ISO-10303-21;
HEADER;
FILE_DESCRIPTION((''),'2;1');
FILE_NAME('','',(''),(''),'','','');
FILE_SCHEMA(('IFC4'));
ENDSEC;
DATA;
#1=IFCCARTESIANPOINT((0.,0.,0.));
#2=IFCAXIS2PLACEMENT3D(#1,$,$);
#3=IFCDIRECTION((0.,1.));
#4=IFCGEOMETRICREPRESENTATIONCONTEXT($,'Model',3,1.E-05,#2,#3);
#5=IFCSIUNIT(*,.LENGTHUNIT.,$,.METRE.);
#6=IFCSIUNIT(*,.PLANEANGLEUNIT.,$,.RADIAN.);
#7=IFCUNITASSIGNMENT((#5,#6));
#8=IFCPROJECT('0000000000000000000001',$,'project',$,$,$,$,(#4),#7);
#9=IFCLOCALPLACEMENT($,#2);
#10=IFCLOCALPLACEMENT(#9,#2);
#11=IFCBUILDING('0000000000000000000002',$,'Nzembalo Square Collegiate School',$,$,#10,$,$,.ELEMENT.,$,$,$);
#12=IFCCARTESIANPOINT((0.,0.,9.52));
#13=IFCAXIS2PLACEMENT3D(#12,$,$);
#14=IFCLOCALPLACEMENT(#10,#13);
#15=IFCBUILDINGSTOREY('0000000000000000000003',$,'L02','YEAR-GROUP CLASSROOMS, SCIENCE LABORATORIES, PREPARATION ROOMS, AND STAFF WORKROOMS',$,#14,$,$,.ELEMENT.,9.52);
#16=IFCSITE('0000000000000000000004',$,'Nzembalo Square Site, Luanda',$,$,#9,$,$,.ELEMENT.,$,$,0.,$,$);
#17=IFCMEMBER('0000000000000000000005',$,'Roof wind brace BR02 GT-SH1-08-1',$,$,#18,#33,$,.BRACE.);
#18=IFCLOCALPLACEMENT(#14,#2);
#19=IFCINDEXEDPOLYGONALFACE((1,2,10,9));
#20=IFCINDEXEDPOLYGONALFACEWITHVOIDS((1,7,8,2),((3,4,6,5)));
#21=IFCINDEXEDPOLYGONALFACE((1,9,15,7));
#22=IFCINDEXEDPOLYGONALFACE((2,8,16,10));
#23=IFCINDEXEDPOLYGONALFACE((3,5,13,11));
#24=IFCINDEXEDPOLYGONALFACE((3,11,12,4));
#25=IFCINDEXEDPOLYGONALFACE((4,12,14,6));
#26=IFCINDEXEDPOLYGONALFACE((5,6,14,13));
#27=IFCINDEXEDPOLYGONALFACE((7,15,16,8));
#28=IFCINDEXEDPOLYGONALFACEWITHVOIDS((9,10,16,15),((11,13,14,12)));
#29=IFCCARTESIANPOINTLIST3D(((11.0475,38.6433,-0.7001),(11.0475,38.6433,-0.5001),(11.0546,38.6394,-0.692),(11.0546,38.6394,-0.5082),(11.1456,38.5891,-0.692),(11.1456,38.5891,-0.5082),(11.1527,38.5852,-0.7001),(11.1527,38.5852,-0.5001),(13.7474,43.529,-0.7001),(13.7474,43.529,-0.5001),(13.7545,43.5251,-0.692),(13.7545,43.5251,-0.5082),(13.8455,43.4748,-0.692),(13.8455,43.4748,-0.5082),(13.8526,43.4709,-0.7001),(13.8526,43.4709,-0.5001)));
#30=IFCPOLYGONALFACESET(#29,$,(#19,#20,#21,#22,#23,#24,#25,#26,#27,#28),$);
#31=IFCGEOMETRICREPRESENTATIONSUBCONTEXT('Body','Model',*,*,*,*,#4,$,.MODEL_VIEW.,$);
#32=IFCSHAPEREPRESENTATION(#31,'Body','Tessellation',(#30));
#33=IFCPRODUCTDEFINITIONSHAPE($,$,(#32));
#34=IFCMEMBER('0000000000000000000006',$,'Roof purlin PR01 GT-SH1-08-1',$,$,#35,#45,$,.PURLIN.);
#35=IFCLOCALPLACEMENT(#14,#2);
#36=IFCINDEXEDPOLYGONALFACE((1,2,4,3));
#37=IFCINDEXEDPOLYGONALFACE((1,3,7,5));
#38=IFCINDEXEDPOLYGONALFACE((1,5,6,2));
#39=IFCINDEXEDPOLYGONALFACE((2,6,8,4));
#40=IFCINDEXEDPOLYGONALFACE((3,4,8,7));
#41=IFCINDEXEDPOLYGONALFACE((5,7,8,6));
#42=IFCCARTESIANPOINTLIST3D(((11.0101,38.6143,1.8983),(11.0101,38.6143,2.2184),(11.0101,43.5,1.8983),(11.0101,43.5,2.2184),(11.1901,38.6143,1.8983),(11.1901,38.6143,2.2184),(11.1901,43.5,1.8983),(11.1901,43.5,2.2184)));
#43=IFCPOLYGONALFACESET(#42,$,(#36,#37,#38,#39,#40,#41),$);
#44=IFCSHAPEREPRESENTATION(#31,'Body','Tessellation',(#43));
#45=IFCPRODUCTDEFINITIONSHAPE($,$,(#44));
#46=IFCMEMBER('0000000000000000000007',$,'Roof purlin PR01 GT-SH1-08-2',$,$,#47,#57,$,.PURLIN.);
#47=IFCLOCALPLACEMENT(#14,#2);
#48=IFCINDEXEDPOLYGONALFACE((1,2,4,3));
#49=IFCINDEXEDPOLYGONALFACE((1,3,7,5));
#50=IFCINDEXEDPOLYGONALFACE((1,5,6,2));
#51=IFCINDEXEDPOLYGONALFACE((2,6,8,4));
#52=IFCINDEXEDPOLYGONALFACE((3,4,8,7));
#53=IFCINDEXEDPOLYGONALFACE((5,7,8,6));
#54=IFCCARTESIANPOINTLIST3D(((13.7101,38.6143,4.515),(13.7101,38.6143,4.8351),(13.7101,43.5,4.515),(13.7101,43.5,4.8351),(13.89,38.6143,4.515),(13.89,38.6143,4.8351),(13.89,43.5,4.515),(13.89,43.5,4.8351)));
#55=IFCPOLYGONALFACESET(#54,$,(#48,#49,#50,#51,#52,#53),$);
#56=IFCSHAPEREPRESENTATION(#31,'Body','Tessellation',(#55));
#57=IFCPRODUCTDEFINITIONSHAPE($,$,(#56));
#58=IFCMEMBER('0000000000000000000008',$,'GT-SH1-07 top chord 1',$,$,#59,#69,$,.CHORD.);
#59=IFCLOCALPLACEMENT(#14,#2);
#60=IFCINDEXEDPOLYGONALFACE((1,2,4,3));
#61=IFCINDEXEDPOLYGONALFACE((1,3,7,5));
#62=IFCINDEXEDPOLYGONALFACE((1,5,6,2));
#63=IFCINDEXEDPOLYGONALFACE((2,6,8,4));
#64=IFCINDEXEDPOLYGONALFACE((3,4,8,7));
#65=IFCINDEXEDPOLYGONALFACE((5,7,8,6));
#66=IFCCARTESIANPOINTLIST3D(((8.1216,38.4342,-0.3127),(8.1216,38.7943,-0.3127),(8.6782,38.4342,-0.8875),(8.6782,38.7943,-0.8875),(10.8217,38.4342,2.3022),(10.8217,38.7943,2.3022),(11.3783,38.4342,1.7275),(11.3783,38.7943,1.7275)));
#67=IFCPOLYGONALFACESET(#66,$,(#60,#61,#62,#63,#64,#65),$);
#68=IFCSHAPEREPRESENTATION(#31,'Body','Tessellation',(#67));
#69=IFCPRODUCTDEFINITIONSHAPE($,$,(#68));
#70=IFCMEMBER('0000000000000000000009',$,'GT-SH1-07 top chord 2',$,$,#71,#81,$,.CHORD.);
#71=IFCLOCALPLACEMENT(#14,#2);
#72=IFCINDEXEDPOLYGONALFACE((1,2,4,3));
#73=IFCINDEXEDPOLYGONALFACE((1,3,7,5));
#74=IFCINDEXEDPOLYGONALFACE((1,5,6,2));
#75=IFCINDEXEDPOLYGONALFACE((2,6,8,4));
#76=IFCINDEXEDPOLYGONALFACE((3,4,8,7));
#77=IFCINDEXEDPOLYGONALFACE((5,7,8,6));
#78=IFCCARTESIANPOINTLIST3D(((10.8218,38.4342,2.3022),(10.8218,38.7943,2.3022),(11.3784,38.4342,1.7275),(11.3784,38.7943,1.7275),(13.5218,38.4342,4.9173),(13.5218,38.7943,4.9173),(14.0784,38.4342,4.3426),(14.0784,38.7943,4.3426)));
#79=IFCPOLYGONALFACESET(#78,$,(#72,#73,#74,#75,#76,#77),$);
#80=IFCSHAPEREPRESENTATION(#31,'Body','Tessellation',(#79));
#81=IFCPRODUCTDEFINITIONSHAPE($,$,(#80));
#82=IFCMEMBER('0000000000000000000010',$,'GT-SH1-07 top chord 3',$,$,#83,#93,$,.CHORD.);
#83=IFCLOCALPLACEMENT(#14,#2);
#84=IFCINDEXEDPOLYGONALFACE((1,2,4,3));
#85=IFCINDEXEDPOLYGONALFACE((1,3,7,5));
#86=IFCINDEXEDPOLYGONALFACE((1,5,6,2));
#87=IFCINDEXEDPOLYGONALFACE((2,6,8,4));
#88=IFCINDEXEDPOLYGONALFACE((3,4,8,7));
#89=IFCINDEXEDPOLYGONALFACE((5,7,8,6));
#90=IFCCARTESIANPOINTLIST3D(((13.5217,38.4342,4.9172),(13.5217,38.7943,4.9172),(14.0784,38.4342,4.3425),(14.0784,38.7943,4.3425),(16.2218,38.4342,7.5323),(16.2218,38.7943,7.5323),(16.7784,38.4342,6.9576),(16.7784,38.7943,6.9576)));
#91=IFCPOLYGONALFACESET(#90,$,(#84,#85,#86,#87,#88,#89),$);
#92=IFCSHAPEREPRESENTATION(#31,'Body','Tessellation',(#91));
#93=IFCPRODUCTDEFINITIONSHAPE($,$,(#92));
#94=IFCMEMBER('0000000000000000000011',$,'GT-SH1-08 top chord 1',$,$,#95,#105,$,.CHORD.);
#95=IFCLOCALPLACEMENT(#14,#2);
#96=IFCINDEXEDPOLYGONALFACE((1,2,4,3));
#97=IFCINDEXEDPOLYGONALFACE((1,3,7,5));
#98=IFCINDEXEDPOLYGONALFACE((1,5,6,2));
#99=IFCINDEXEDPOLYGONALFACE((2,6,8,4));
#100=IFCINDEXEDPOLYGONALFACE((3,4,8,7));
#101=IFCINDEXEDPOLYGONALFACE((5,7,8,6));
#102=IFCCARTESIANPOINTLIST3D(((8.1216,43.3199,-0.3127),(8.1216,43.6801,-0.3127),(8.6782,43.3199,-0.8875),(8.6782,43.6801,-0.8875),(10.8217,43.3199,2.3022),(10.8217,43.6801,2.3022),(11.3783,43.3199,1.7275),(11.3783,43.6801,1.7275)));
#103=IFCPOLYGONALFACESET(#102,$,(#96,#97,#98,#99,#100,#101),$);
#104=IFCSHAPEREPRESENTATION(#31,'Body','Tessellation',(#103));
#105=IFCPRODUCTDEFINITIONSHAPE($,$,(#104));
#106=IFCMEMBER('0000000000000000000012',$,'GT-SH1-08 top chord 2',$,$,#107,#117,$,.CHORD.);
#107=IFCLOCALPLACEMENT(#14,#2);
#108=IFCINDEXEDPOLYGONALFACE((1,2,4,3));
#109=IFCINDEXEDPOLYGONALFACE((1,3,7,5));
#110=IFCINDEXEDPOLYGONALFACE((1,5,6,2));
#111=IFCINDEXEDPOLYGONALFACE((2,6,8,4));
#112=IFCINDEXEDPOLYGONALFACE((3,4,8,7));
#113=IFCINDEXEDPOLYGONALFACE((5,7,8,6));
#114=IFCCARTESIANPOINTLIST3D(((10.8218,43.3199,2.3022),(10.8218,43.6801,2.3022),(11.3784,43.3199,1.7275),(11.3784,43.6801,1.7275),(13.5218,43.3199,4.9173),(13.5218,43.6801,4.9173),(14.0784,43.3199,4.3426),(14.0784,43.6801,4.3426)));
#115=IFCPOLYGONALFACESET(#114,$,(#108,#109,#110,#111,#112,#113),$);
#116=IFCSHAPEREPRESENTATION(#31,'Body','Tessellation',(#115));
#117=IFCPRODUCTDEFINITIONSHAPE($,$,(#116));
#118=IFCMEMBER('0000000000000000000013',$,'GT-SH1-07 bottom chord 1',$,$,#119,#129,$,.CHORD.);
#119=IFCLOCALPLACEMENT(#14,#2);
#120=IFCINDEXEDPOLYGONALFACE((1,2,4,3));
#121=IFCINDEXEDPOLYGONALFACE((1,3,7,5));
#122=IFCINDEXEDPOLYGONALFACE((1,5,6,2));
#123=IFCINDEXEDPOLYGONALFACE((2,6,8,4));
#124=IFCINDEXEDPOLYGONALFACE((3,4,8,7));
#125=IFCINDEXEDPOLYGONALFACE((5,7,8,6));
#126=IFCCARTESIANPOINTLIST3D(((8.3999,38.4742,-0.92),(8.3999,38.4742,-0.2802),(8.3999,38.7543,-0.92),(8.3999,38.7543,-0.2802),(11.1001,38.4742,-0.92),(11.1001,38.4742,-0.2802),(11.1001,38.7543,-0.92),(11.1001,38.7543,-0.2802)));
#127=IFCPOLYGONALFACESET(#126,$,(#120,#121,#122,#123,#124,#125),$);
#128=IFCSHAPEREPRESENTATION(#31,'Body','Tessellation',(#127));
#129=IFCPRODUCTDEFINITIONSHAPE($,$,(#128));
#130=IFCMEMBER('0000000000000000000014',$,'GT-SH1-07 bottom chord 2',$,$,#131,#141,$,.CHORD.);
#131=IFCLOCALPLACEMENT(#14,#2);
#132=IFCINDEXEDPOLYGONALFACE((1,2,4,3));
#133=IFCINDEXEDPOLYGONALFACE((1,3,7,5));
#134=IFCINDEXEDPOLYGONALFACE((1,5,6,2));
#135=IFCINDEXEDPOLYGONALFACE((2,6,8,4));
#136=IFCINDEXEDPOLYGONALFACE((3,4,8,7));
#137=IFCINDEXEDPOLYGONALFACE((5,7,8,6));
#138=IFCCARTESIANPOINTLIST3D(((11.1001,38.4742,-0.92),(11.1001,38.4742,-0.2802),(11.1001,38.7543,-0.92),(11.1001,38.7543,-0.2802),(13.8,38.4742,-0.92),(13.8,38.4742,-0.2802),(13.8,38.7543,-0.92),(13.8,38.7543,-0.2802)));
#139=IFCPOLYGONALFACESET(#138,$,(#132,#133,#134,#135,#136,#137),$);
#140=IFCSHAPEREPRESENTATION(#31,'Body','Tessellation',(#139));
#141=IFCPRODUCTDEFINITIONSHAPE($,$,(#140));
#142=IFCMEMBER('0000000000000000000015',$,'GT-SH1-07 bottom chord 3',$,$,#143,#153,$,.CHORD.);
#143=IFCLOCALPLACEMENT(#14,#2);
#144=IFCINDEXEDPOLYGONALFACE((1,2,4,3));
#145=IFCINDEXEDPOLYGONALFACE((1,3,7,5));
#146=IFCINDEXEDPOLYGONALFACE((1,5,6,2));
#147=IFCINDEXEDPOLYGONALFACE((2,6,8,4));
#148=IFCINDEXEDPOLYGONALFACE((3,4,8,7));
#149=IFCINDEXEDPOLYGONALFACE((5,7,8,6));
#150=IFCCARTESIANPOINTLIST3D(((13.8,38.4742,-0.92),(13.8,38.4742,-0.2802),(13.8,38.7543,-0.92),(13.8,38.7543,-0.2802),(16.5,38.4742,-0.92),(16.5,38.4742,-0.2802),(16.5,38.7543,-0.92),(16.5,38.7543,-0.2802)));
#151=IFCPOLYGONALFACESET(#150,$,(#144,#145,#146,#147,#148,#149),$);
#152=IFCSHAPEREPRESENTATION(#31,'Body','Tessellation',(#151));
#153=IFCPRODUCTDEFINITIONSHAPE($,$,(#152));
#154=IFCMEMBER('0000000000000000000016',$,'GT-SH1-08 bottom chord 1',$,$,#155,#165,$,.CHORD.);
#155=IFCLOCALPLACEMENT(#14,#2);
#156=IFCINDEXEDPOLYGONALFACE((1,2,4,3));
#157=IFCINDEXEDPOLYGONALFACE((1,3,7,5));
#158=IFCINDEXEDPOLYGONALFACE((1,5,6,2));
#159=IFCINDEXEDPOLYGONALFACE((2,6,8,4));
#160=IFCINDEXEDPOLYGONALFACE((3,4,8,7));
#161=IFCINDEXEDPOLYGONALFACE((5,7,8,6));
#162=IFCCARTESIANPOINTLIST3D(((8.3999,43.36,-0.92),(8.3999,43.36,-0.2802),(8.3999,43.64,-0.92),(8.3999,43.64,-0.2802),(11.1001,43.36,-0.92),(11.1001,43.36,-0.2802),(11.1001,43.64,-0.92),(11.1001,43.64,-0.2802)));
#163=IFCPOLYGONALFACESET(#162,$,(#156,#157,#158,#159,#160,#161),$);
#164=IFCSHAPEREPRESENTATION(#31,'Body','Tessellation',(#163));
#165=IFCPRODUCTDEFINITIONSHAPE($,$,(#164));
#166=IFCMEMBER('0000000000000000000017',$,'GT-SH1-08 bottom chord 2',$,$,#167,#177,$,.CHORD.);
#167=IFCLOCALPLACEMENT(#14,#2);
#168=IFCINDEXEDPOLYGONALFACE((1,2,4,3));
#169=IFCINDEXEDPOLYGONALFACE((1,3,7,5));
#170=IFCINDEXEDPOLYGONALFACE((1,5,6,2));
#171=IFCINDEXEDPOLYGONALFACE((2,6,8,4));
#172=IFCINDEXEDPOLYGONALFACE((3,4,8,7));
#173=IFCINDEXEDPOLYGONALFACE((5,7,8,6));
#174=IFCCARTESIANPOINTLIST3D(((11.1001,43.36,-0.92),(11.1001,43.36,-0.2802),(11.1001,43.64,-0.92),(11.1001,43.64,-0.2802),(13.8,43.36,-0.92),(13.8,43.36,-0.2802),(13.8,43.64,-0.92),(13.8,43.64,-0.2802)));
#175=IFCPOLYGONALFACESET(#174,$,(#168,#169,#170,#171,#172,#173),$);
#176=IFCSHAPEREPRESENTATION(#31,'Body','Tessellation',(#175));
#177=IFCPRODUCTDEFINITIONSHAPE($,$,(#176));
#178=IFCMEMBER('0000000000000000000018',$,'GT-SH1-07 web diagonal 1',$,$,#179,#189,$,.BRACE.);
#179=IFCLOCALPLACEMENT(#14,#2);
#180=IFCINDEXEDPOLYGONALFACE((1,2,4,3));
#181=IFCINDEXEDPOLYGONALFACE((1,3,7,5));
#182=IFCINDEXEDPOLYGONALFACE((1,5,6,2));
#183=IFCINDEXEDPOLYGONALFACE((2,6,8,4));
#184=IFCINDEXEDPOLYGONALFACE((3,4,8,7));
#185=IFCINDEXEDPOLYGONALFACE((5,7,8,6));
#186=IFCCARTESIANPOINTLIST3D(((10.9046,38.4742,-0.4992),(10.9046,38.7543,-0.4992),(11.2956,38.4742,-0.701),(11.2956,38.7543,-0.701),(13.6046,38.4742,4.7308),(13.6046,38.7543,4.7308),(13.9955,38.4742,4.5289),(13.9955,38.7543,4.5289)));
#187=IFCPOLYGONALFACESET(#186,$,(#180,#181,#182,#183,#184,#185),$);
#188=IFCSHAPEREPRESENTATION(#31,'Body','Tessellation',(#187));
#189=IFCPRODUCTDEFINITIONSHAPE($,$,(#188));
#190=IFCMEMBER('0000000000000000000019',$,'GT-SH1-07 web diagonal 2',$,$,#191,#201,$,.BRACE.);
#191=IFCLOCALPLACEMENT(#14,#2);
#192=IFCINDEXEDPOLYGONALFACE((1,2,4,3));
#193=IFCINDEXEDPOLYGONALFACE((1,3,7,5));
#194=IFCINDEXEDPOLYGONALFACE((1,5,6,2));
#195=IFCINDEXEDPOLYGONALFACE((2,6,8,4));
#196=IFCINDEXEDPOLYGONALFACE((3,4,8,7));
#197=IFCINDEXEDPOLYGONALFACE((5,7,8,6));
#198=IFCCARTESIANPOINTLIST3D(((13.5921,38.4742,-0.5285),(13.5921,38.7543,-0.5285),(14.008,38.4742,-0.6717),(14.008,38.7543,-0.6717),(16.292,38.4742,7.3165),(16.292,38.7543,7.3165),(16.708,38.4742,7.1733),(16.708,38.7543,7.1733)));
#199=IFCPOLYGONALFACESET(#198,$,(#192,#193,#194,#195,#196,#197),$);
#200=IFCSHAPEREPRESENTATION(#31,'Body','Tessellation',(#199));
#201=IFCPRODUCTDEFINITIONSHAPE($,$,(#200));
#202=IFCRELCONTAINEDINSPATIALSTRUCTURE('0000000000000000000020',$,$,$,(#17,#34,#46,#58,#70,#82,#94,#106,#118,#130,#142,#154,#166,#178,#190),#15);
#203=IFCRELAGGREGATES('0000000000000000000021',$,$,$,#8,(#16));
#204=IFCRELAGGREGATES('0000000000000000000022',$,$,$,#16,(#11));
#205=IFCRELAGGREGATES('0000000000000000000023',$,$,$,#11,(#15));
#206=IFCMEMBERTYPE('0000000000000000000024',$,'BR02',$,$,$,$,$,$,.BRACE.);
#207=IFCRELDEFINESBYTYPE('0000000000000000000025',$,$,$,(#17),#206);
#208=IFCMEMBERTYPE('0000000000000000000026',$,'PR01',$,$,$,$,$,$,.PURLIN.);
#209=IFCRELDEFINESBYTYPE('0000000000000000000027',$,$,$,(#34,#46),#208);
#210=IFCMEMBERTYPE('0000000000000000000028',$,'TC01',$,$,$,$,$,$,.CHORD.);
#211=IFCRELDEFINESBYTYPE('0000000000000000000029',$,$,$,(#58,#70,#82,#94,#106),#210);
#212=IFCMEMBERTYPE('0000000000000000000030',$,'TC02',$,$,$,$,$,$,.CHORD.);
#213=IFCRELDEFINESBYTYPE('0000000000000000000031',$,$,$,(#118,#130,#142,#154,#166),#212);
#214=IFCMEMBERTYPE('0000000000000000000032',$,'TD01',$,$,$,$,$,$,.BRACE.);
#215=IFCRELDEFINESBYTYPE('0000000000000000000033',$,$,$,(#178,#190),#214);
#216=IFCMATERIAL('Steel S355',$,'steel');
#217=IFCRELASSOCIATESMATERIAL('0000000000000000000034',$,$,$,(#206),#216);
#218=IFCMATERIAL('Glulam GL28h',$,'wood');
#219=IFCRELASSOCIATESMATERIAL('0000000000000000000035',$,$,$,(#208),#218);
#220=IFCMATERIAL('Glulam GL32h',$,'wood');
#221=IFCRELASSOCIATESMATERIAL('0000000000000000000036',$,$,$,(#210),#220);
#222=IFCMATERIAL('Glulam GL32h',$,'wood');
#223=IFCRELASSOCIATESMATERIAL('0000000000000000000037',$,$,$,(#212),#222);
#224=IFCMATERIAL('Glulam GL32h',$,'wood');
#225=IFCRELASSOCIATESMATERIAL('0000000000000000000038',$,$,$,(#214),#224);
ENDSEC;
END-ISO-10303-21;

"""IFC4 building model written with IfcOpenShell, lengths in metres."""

from ifc_helpers import new_model, si_unit, direction, frame, origin, origin_2d, place, context, subcontext, project, spatial, rectangle, hollow_rectangle, extrude, material, material_profile, profile_set, type_object, element, save


model = new_model("IFC4")

# Units and contexts
model_context = context("Model", 3, precision=1e-05, world=origin(), true_north=direction((0.0, 1.0)))
body_context = subcontext(model_context, "Body", "Model", "MODEL_VIEW")
ifc_project = project(units=[si_unit("LENGTHUNIT", "METRE"), si_unit("PLANEANGLEUNIT", "RADIAN")], contexts=[model_context])

# Site, building, storey
site_placement = place(None, origin())
site = spatial("IfcSite", under=ifc_project, at=site_placement, Name="Nzembalo Square Site, Luanda", CompositionType="ELEMENT", RefElevation=0.0)
building_placement = place(site_placement, origin())
building = spatial("IfcBuilding", under=site, at=building_placement, Name="Nzembalo Square Collegiate School", CompositionType="ELEMENT")
storey_placement = place(building_placement, frame((0.0, 0.0, 9.52)))
storey = spatial("IfcBuildingStorey", under=building, at=storey_placement, Name="L02", Description="YEAR-GROUP CLASSROOMS, SCIENCE LABORATORIES, PREPARATION ROOMS, AND STAFF WORKROOMS", CompositionType="ELEMENT", Elevation=9.52)

# Members
ifc_material_1 = material(Name="Steel S355", Category="steel")
ifc_material_profile_1 = material_profile(ifc_material_1, hollow_rectangle(XDim=0.1201, YDim=0.2, WallThickness=0.0081, at=origin_2d()), Name="RHS 200x120x8")
ifc_profile_set_1 = profile_set([ifc_material_profile_1], Name="Steel S355")
member_type_1 = type_object("IfcMemberType", Name="BR02", PredefinedType="BRACE", material=ifc_profile_set_1)
member_1_placement = place(storey_placement, frame((11.1001, 38.6143, -0.6001), z_axis=(0.483677, 0.875246, 0.0), x_axis=(-0.875246, 0.483677, 0.0)))
element("IfcMember", 1, at=member_1_placement, inside=storey, type_object=member_type_1, Name="Roof wind brace BR02 GT-SH1-08-1", PredefinedType="BRACE", context=body_context, shape_type="SweptSolid", body=[
    extrude(hollow_rectangle(XDim=0.1201, YDim=0.2, WallThickness=0.0081, at=origin_2d()), origin(), (0.0, 0.0, 1.0), 5.582),
])
ifc_material_2 = material(Name="Glulam GL28h", Category="wood")
ifc_material_profile_2 = material_profile(ifc_material_2, rectangle(XDim=0.1799, YDim=0.3201, at=origin_2d()), Name="GL28h 180x320")
ifc_profile_set_2 = profile_set([ifc_material_profile_2], Name="Glulam GL28h")
member_type_2 = type_object("IfcMemberType", Name="PR01", PredefinedType="PURLIN", material=ifc_profile_set_2)
for number, where, z_axis, x_axis, name in (
    (2, (11.1001, 38.6143, 2.0583), (0.0, 1.0, 0.0), (-1.0, 0.0, 0.0), "Roof purlin PR01 GT-SH1-08-1"),
    (3, (13.8, 38.6143, 4.675), (0.0, 1.0, 0.0), (-1.0, 0.0, 0.0), "Roof purlin PR01 GT-SH1-08-2"),
):
    element("IfcMember", number, at=place(storey_placement, frame(where, z_axis=z_axis, x_axis=x_axis)), inside=storey, type_object=member_type_2, Name=name, PredefinedType="PURLIN", context=body_context, shape_type="SweptSolid", body=[
        extrude(rectangle(XDim=0.1799, YDim=0.3201, at=origin_2d()), origin(), (0.0, 0.0, 1.0), 4.8857),
    ])
ifc_material_3 = material(Name="Glulam GL32h", Category="wood")
ifc_material_profile_3 = material_profile(ifc_material_3, rectangle(XDim=0.3601, YDim=0.8, at=origin_2d()), Name="GL32h 360x800")
ifc_profile_set_3 = profile_set([ifc_material_profile_3], Name="Glulam GL32h")
member_type_3 = type_object("IfcMemberType", Name="TC01", PredefinedType="CHORD", material=ifc_profile_set_3)
for number, where, z_axis, x_axis, name in (
    (4, (8.3999, 38.6143, -0.6001), (0.71835, 0.0, 0.695682), (0.0, 1.0, 0.0), "GT-SH1-07 top chord 1"),
    (5, (11.1001, 38.6143, 2.0149), (0.718318, 0.0, 0.695715), (0.0, 1.0, 0.0), "GT-SH1-07 top chord 2"),
    (6, (13.8, 38.6143, 4.6299), (0.718318, 0.0, 0.695715), (0.0, 1.0, 0.0), "GT-SH1-07 top chord 3"),
    (7, (8.3999, 43.5, -0.6001), (0.71835, 0.0, 0.695682), (0.0, 1.0, 0.0), "GT-SH1-08 top chord 1"),
    (8, (11.1001, 43.5, 2.0149), (0.718318, 0.0, 0.695715), (0.0, 1.0, 0.0), "GT-SH1-08 top chord 2"),
):
    element("IfcMember", number, at=place(storey_placement, frame(where, z_axis=z_axis, x_axis=x_axis)), inside=storey, type_object=member_type_3, Name=name, PredefinedType="CHORD", context=body_context, shape_type="SweptSolid", body=[
        extrude(rectangle(XDim=0.3601, YDim=0.8, at=origin_2d()), origin(), (0.0, 0.0, 1.0), 3.7588),
    ])
ifc_material_4 = material(Name="Glulam GL32h", Category="wood")
ifc_material_profile_4 = material_profile(ifc_material_4, rectangle(XDim=0.28, YDim=0.6399, at=origin_2d()), Name="GL32h 280x640")
ifc_profile_set_4 = profile_set([ifc_material_profile_4], Name="Glulam GL32h")
member_type_4 = type_object("IfcMemberType", Name="TC02", PredefinedType="CHORD", material=ifc_profile_set_4)
member_2_placement = place(storey_placement, frame((8.3999, 38.6143, -0.6001), z_axis=(1.0, 0.0, 0.0), x_axis=(0.0, 1.0, 0.0)))
element("IfcMember", 9, at=member_2_placement, inside=storey, type_object=member_type_4, Name="GT-SH1-07 bottom chord 1", PredefinedType="CHORD", context=body_context, shape_type="SweptSolid", body=[
    extrude(rectangle(XDim=0.28, YDim=0.6399, at=origin_2d()), origin(), (0.0, 0.0, 1.0), 2.7002),
])
for number, where, z_axis, x_axis, name in (
    (10, (11.1001, 38.6143, -0.6001), (1.0, 0.0, 0.0), (0.0, 1.0, 0.0), "GT-SH1-07 bottom chord 2"),
    (11, (13.8, 38.6143, -0.6001), (1.0, 0.0, 0.0), (0.0, 1.0, 0.0), "GT-SH1-07 bottom chord 3"),
):
    element("IfcMember", number, at=place(storey_placement, frame(where, z_axis=z_axis, x_axis=x_axis)), inside=storey, type_object=member_type_4, Name=name, PredefinedType="CHORD", context=body_context, shape_type="SweptSolid", body=[
        extrude(rectangle(XDim=0.28, YDim=0.6399, at=origin_2d()), origin(), (0.0, 0.0, 1.0), 2.7),
    ])
member_3_placement = place(storey_placement, frame((8.3999, 43.5, -0.6001), z_axis=(1.0, 0.0, 0.0), x_axis=(0.0, 1.0, 0.0)))
element("IfcMember", 12, at=member_3_placement, inside=storey, type_object=member_type_4, Name="GT-SH1-08 bottom chord 1", PredefinedType="CHORD", context=body_context, shape_type="SweptSolid", body=[
    extrude(rectangle(XDim=0.28, YDim=0.6399, at=origin_2d()), origin(), (0.0, 0.0, 1.0), 2.7002),
])
member_4_placement = place(storey_placement, frame((11.1001, 43.5, -0.6001), z_axis=(1.0, 0.0, 0.0), x_axis=(0.0, 1.0, 0.0)))
element("IfcMember", 13, at=member_4_placement, inside=storey, type_object=member_type_4, Name="GT-SH1-08 bottom chord 2", PredefinedType="CHORD", context=body_context, shape_type="SweptSolid", body=[
    extrude(rectangle(XDim=0.28, YDim=0.6399, at=origin_2d()), origin(), (0.0, 0.0, 1.0), 2.7),
])
ifc_material_5 = material(Name="Glulam GL32h", Category="wood")
ifc_material_profile_5 = material_profile(ifc_material_5, rectangle(XDim=0.28, YDim=0.4399, at=origin_2d()), Name="GL32h 280x440")
ifc_profile_set_5 = profile_set([ifc_material_profile_5], Name="Glulam GL32h")
member_type_5 = type_object("IfcMemberType", Name="TD01", PredefinedType="BRACE", material=ifc_profile_set_5)
member_5_placement = place(storey_placement, frame((11.1001, 38.6143, -0.6001), z_axis=(0.458724, 0.0, 0.888579), x_axis=(0.0, 1.0, 0.0)))
element("IfcMember", 14, at=member_5_placement, inside=storey, type_object=member_type_5, Name="GT-SH1-07 web diagonal 1", PredefinedType="BRACE", context=body_context, shape_type="SweptSolid", body=[
    extrude(rectangle(XDim=0.28, YDim=0.4399, at=origin_2d()), origin(), (0.0, 0.0, 1.0), 5.8857),
])
member_6_placement = place(storey_placement, frame((13.8, 38.6143, -0.6001), z_axis=(0.325429, 0.0, 0.945566), x_axis=(0.0, 1.0, 0.0)))
element("IfcMember", 15, at=member_6_placement, inside=storey, type_object=member_type_5, Name="GT-SH1-07 web diagonal 2", PredefinedType="BRACE", context=body_context, shape_type="SweptSolid", body=[
    extrude(rectangle(XDim=0.28, YDim=0.4399, at=origin_2d()), origin(), (0.0, 0.0, 1.0), 8.2966),
])

save(model, "model.ifc")
